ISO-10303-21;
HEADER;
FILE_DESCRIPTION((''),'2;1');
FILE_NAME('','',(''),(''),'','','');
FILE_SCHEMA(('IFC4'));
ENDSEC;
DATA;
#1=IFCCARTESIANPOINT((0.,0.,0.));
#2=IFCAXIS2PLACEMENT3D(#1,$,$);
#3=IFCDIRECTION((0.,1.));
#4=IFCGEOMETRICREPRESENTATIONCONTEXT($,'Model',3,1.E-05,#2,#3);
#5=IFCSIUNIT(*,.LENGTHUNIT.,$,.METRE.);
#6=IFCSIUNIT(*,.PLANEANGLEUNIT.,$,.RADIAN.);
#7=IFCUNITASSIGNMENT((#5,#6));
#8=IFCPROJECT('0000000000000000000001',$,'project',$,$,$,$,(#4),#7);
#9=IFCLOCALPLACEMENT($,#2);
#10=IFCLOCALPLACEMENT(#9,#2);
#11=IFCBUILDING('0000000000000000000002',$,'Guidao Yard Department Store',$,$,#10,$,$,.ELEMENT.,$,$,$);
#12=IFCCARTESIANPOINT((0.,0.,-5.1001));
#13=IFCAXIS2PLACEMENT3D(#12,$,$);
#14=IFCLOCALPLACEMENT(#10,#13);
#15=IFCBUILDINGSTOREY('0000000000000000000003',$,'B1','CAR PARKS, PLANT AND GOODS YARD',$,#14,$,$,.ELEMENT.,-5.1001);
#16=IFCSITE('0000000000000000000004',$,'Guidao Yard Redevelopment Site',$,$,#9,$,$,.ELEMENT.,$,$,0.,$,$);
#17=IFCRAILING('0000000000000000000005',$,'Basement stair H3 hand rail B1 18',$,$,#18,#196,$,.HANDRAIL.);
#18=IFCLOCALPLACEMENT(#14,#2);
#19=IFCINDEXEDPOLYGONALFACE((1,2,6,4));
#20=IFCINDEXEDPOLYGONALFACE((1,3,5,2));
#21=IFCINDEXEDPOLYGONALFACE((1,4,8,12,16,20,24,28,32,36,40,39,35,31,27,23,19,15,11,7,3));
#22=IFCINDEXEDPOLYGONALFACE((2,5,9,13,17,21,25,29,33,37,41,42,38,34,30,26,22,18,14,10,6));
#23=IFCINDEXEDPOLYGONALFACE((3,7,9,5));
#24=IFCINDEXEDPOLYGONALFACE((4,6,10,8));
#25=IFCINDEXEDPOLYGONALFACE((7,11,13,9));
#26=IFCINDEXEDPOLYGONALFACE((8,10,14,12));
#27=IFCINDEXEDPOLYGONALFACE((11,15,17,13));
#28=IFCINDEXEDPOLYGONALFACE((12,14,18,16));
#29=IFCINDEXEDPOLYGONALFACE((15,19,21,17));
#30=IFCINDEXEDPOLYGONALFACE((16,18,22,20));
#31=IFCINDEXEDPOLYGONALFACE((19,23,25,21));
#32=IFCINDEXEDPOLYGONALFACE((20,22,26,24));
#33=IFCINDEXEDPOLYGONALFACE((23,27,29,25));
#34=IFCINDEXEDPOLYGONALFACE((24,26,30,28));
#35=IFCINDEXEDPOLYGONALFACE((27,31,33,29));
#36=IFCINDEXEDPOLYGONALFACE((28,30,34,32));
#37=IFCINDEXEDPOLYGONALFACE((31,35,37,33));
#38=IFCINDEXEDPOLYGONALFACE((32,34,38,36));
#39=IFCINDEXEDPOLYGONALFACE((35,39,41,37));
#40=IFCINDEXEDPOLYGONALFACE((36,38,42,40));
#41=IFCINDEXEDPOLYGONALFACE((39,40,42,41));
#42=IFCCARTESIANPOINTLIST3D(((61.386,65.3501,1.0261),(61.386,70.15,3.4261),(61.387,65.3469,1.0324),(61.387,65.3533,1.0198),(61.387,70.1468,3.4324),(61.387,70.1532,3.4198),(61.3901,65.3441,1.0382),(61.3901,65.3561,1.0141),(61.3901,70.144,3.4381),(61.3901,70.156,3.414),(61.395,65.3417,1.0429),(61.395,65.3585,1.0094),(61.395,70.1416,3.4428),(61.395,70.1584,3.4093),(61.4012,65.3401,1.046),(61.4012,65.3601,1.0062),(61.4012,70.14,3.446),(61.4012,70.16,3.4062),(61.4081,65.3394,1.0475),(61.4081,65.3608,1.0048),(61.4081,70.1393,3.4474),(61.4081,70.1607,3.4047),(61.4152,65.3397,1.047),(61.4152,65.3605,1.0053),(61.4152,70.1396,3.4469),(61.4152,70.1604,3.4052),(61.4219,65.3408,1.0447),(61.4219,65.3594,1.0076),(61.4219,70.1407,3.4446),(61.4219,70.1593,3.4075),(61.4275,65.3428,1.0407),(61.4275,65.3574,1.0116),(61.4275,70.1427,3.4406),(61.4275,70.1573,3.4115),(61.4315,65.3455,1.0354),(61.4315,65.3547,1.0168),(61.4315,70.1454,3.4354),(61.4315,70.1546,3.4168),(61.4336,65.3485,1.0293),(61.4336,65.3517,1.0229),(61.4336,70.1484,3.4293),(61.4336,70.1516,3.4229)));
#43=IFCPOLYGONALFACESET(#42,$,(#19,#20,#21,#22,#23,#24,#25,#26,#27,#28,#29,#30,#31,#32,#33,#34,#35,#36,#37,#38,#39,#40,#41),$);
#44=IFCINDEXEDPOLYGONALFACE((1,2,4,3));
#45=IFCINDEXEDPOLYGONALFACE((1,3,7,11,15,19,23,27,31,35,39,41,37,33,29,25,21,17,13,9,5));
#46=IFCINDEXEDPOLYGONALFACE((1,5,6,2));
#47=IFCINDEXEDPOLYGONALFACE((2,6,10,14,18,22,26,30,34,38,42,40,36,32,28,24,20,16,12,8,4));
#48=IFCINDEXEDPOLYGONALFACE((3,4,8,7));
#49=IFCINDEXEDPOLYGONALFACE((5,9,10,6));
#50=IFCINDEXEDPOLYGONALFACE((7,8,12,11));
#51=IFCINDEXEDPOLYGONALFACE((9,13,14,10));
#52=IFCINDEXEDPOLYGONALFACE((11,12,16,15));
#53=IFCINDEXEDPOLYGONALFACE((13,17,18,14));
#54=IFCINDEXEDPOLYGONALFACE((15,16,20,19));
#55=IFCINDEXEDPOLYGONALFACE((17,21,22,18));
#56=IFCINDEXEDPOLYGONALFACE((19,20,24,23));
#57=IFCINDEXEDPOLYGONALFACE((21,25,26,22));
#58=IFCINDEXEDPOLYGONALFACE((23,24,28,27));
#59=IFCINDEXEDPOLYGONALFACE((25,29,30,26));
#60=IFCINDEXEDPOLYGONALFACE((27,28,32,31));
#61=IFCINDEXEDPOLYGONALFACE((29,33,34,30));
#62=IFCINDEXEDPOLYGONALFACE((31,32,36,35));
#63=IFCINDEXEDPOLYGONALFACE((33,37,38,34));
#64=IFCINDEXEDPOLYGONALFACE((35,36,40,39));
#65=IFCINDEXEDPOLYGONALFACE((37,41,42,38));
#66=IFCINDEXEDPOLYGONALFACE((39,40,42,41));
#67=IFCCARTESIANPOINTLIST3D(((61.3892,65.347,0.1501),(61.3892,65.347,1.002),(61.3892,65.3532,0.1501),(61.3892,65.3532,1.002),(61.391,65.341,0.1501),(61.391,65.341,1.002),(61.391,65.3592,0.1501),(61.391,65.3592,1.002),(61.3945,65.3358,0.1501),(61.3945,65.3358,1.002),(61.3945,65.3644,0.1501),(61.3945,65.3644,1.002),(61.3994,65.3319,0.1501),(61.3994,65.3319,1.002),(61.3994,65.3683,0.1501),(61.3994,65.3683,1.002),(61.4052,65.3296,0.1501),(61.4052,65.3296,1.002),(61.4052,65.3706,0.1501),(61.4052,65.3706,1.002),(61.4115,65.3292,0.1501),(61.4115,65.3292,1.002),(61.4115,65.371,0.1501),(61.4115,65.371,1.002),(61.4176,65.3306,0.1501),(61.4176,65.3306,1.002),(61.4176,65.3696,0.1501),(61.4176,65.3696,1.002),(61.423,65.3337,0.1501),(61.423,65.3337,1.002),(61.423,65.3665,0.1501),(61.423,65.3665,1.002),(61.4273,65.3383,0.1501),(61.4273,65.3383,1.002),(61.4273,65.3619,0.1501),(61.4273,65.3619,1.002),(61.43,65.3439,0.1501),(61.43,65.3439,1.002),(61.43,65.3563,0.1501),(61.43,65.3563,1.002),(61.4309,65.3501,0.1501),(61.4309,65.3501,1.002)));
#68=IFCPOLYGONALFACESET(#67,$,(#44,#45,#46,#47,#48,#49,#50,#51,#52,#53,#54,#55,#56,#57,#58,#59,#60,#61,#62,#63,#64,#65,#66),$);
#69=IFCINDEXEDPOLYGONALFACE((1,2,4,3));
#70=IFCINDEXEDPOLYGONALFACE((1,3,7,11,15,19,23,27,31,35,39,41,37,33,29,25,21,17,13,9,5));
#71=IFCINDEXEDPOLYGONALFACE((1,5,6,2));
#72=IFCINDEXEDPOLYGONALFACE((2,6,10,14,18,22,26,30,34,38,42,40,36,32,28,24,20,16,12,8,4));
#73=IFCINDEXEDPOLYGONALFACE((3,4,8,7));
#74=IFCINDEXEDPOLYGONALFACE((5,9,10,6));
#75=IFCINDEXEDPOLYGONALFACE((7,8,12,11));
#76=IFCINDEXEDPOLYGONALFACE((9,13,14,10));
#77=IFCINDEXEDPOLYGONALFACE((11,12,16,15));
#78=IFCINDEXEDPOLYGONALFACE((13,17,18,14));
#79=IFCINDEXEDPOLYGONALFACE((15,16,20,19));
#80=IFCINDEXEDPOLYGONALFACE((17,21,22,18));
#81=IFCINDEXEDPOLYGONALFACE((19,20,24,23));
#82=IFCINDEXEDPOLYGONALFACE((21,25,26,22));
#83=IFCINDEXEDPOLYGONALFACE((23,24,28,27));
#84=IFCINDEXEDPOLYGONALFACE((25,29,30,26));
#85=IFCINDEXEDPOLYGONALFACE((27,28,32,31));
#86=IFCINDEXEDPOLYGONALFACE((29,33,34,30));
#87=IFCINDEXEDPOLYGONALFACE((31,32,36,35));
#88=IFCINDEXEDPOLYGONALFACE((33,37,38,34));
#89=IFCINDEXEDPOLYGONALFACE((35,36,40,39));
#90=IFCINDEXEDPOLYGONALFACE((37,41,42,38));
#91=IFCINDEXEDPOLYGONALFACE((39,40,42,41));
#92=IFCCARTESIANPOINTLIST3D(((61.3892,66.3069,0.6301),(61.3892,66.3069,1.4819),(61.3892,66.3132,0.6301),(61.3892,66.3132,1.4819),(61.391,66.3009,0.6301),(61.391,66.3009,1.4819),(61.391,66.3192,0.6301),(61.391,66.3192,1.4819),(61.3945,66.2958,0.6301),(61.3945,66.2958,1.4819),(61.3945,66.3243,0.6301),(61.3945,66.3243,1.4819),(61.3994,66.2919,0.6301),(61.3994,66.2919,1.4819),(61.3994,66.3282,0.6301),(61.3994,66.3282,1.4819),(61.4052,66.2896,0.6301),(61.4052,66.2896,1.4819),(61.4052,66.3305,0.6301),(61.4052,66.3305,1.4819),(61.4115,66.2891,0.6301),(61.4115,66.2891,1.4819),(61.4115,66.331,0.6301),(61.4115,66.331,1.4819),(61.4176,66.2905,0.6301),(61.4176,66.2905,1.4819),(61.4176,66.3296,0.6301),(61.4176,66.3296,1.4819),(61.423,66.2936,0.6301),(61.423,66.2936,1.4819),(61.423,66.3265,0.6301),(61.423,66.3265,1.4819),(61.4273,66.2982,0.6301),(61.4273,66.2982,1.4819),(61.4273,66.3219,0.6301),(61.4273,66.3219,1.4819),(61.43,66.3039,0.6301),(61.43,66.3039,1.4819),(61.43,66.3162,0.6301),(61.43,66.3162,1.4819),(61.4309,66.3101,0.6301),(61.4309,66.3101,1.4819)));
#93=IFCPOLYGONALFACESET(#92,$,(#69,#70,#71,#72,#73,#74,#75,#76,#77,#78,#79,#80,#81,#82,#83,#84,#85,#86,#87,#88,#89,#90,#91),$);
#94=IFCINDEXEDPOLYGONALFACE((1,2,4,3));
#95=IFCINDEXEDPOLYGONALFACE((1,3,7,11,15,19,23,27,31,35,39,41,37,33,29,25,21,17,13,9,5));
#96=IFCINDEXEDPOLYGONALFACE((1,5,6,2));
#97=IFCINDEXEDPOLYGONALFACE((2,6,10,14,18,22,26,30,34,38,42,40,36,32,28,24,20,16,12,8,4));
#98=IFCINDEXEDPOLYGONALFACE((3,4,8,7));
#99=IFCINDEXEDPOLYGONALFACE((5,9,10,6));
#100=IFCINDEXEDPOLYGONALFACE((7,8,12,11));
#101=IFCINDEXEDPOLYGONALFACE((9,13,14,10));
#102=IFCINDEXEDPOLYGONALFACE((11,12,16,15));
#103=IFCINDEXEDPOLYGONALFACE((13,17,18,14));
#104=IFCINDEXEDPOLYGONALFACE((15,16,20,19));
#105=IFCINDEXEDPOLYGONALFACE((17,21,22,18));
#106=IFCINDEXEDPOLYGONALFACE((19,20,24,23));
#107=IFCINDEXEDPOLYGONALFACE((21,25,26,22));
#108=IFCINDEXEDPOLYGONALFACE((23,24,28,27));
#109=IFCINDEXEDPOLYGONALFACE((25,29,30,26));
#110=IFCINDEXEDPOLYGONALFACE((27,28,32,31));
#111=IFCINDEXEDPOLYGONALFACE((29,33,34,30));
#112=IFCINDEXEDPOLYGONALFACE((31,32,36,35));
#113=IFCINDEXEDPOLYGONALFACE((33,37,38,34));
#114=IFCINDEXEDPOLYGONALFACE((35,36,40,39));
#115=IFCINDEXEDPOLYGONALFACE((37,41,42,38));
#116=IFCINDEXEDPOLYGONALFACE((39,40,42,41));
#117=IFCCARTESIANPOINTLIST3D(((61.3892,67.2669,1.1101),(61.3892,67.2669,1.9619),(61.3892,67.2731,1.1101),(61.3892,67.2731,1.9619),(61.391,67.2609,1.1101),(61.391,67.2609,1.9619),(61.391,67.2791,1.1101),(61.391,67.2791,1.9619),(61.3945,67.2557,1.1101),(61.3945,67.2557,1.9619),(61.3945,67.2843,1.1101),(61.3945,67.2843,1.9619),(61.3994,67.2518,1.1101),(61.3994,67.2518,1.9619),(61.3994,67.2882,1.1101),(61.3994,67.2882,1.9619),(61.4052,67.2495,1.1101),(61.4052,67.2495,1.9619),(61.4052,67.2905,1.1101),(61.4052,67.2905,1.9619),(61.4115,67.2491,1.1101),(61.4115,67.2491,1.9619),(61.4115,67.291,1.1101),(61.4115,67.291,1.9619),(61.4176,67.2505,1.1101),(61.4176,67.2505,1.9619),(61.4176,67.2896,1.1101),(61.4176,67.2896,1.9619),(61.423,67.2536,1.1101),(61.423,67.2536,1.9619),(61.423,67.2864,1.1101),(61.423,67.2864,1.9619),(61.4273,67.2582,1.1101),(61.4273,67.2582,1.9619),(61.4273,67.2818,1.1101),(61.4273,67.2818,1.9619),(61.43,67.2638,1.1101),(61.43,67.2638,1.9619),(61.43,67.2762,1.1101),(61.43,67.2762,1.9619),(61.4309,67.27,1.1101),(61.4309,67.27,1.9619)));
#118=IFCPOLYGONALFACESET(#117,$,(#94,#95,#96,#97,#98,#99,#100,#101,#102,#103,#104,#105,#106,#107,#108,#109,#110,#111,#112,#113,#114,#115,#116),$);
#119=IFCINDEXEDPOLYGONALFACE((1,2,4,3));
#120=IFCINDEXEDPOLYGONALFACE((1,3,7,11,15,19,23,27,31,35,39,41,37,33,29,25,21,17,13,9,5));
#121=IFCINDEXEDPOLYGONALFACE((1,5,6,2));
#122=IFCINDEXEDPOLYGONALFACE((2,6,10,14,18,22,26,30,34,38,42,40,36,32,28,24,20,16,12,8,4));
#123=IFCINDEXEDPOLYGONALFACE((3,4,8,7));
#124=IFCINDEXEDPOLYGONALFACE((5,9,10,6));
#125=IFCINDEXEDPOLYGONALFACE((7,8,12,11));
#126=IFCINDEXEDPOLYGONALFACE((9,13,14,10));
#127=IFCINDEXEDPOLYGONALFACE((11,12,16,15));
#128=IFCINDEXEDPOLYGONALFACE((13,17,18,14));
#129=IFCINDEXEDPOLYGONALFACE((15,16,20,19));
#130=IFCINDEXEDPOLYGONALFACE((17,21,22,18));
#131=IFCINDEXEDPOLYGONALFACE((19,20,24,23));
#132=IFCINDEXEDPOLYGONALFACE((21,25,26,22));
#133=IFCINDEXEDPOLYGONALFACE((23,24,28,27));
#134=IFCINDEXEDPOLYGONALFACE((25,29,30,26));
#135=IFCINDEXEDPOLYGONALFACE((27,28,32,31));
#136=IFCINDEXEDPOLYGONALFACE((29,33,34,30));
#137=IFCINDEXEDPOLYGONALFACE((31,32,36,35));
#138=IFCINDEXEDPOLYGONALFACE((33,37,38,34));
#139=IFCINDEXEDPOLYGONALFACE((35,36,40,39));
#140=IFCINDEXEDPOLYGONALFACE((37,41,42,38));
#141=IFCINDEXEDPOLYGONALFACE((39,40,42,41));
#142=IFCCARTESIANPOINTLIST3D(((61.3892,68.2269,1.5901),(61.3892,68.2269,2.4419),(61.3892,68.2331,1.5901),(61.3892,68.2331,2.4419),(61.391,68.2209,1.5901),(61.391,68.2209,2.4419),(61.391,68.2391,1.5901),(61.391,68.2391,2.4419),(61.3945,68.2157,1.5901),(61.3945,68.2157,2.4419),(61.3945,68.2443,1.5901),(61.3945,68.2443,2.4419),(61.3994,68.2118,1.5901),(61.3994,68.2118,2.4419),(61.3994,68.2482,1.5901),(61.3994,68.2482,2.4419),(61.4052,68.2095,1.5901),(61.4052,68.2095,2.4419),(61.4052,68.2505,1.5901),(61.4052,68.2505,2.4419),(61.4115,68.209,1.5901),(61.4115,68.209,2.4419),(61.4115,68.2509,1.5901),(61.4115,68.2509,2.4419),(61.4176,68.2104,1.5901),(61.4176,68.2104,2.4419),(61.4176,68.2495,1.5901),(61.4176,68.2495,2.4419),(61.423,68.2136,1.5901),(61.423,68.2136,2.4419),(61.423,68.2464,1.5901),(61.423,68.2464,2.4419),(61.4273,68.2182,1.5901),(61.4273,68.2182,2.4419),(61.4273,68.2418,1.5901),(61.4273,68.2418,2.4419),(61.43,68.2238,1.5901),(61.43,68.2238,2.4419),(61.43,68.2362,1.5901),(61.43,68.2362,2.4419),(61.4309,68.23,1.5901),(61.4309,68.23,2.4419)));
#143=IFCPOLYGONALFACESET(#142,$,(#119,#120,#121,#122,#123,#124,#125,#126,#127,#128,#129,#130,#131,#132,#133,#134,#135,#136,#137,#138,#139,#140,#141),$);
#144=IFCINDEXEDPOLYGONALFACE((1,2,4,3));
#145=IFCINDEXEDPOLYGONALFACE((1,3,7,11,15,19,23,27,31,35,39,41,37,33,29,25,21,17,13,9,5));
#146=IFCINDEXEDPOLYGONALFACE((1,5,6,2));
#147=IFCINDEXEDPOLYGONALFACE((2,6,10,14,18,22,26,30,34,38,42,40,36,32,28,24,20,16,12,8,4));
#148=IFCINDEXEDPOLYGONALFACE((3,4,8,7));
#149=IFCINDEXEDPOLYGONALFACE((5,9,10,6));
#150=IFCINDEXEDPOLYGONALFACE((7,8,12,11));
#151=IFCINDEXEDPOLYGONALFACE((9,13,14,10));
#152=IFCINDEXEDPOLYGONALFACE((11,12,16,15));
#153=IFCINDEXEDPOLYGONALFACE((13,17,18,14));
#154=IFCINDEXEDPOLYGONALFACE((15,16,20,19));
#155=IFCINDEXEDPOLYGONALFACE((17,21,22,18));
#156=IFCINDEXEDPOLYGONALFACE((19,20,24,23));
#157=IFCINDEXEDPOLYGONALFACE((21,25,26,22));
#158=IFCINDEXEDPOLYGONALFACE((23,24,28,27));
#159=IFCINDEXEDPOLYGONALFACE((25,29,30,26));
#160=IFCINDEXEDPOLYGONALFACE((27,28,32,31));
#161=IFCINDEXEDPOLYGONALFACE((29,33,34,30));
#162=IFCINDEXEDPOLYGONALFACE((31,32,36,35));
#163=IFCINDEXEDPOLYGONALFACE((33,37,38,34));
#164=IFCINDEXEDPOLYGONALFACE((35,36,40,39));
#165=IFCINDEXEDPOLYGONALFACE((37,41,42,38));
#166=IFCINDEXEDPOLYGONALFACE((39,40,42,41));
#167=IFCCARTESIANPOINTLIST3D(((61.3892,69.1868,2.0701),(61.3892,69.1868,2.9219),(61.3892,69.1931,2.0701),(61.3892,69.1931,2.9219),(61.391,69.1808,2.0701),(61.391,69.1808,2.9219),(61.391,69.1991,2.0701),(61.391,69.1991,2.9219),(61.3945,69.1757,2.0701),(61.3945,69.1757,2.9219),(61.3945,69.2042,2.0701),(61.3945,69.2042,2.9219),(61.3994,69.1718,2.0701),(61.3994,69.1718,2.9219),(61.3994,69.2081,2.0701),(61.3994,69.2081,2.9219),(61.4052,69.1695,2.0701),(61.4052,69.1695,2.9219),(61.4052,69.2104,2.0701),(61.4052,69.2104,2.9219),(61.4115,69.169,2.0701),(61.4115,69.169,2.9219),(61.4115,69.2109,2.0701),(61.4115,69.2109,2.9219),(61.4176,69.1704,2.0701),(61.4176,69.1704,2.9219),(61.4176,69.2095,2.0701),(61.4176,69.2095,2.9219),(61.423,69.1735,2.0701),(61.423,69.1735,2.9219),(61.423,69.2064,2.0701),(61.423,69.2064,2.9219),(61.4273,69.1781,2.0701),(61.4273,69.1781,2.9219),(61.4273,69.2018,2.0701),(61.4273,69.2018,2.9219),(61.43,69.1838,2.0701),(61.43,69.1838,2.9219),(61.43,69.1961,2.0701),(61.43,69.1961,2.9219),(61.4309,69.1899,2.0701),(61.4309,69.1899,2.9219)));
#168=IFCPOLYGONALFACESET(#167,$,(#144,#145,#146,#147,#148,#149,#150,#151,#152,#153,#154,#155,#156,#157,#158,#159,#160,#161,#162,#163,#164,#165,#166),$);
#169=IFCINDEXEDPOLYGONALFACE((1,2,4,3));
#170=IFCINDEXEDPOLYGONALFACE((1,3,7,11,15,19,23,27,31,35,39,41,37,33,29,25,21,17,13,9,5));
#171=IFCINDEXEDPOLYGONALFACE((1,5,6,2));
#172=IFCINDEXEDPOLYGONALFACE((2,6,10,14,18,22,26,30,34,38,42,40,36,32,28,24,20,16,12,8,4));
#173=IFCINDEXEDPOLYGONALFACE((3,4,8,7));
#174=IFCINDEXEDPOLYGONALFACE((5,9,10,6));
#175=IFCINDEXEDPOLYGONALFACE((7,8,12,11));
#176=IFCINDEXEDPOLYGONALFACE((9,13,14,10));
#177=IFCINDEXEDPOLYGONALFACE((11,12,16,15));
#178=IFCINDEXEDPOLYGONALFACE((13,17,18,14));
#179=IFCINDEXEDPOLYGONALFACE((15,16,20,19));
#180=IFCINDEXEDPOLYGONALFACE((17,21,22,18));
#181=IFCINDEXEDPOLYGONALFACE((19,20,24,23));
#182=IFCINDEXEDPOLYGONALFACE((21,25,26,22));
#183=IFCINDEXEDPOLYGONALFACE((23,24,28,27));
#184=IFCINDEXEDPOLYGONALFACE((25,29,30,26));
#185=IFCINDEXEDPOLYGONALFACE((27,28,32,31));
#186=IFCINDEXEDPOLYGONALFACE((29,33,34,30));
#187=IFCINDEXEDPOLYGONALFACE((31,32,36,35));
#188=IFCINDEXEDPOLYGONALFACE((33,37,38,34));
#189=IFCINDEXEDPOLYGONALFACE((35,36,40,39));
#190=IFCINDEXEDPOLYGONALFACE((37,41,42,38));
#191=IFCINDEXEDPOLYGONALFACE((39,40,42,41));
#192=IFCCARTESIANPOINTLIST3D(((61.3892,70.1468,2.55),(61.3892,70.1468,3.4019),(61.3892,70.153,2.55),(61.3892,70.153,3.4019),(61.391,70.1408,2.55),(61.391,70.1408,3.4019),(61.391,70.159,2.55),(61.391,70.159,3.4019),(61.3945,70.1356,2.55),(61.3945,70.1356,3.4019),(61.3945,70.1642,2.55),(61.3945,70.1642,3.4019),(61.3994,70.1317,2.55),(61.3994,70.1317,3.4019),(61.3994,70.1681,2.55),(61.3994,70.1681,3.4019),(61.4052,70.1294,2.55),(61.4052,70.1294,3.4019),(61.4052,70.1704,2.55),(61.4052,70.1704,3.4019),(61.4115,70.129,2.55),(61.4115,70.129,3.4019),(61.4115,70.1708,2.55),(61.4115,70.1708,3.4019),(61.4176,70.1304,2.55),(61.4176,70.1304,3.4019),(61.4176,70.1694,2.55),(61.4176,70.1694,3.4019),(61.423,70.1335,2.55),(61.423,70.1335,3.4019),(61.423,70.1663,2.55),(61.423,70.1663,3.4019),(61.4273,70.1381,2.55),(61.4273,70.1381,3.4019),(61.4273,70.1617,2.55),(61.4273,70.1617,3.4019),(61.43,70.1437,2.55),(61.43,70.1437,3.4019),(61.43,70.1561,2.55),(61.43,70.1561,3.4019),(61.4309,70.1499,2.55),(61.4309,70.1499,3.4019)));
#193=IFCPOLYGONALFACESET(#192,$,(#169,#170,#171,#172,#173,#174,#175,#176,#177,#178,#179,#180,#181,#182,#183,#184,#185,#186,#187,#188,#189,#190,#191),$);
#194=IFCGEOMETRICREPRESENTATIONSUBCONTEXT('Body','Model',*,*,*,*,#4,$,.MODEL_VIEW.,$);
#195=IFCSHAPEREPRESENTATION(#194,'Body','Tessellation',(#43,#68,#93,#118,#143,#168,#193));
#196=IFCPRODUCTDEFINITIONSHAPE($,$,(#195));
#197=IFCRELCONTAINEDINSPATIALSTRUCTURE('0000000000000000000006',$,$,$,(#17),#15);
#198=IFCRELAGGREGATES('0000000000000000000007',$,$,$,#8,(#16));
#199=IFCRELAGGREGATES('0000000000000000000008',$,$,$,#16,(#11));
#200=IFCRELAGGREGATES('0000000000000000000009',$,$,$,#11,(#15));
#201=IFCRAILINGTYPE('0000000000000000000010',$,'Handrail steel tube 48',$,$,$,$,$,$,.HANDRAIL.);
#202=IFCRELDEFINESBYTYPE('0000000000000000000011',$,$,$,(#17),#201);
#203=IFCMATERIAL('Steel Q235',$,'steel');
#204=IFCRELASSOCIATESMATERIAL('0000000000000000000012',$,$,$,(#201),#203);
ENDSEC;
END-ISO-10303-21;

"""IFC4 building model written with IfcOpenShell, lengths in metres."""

from ifc_helpers import new_model, si_unit, direction, frame, origin, origin_2d, place, context, subcontext, project, spatial, circle, extrude, material, type_object, element, save


model = new_model("IFC4")

# Units and contexts
model_context = context("Model", 3, precision=1e-05, world=origin(), true_north=direction((0.0, 1.0)))
body_context = subcontext(model_context, "Body", "Model", "MODEL_VIEW")
ifc_project = project(units=[si_unit("LENGTHUNIT", "METRE"), si_unit("PLANEANGLEUNIT", "RADIAN")], contexts=[model_context])

# Site, building, storey
site_placement = place(None, origin())
site = spatial("IfcSite", under=ifc_project, at=site_placement, Name="Guidao Yard Redevelopment Site", CompositionType="ELEMENT", RefElevation=0.0)
building_placement = place(site_placement, origin())
building = spatial("IfcBuilding", under=site, at=building_placement, Name="Guidao Yard Department Store", CompositionType="ELEMENT")
storey_placement = place(building_placement, frame((0.0, 0.0, -5.1001)))
storey = spatial("IfcBuildingStorey", under=building, at=storey_placement, Name="B1", Description="CAR PARKS, PLANT AND GOODS YARD", CompositionType="ELEMENT", Elevation=-5.1001)

# Railing
ifc_material_1 = material(Name="Steel Q235", Category="steel")
railing_type_1 = type_object("IfcRailingType", Name="Handrail steel tube 48", PredefinedType="HANDRAIL", material=ifc_material_1)
for number, where, name in (
    (1, (61.4099, 65.3501, 0.1501), "Basement stair H3 hand rail B1 18"),
):
    element("IfcRailing", number, at=place(storey_placement, frame(where)), inside=storey, type_object=railing_type_1, Name=name, PredefinedType="HANDRAIL", context=body_context, shape_type="SweptSolid", body=[
        extrude(circle(Radius=0.0239, at=origin_2d()), frame((0.0, 0.0, 0.876), z_axis=(0.0, 0.894427, 0.447214), x_axis=(-1.0, 0.0, 0.0)), (0.0, 0.0, 1.0), 5.3665),
        extrude(circle(Radius=0.021, at=origin_2d()), origin(), (0.0, 0.0, 1.0), 0.8518),
        extrude(circle(Radius=0.021, at=origin_2d()), frame((0.0, 0.96, 0.48)), (0.0, 0.0, 1.0), 0.8518),
        extrude(circle(Radius=0.021, at=origin_2d()), frame((0.0, 1.9199, 0.96)), (0.0, 0.0, 1.0), 0.8518),
        extrude(circle(Radius=0.021, at=origin_2d()), frame((0.0, 2.8799, 1.4399)), (0.0, 0.0, 1.0), 0.8518),
        extrude(circle(Radius=0.021, at=origin_2d()), frame((0.0, 3.8398, 1.9199)), (0.0, 0.0, 1.0), 0.8518),
        extrude(circle(Radius=0.021, at=origin_2d()), frame((0.0, 4.7998, 2.3999)), (0.0, 0.0, 1.0), 0.8518),
    ])

save(model, "model.ifc")
